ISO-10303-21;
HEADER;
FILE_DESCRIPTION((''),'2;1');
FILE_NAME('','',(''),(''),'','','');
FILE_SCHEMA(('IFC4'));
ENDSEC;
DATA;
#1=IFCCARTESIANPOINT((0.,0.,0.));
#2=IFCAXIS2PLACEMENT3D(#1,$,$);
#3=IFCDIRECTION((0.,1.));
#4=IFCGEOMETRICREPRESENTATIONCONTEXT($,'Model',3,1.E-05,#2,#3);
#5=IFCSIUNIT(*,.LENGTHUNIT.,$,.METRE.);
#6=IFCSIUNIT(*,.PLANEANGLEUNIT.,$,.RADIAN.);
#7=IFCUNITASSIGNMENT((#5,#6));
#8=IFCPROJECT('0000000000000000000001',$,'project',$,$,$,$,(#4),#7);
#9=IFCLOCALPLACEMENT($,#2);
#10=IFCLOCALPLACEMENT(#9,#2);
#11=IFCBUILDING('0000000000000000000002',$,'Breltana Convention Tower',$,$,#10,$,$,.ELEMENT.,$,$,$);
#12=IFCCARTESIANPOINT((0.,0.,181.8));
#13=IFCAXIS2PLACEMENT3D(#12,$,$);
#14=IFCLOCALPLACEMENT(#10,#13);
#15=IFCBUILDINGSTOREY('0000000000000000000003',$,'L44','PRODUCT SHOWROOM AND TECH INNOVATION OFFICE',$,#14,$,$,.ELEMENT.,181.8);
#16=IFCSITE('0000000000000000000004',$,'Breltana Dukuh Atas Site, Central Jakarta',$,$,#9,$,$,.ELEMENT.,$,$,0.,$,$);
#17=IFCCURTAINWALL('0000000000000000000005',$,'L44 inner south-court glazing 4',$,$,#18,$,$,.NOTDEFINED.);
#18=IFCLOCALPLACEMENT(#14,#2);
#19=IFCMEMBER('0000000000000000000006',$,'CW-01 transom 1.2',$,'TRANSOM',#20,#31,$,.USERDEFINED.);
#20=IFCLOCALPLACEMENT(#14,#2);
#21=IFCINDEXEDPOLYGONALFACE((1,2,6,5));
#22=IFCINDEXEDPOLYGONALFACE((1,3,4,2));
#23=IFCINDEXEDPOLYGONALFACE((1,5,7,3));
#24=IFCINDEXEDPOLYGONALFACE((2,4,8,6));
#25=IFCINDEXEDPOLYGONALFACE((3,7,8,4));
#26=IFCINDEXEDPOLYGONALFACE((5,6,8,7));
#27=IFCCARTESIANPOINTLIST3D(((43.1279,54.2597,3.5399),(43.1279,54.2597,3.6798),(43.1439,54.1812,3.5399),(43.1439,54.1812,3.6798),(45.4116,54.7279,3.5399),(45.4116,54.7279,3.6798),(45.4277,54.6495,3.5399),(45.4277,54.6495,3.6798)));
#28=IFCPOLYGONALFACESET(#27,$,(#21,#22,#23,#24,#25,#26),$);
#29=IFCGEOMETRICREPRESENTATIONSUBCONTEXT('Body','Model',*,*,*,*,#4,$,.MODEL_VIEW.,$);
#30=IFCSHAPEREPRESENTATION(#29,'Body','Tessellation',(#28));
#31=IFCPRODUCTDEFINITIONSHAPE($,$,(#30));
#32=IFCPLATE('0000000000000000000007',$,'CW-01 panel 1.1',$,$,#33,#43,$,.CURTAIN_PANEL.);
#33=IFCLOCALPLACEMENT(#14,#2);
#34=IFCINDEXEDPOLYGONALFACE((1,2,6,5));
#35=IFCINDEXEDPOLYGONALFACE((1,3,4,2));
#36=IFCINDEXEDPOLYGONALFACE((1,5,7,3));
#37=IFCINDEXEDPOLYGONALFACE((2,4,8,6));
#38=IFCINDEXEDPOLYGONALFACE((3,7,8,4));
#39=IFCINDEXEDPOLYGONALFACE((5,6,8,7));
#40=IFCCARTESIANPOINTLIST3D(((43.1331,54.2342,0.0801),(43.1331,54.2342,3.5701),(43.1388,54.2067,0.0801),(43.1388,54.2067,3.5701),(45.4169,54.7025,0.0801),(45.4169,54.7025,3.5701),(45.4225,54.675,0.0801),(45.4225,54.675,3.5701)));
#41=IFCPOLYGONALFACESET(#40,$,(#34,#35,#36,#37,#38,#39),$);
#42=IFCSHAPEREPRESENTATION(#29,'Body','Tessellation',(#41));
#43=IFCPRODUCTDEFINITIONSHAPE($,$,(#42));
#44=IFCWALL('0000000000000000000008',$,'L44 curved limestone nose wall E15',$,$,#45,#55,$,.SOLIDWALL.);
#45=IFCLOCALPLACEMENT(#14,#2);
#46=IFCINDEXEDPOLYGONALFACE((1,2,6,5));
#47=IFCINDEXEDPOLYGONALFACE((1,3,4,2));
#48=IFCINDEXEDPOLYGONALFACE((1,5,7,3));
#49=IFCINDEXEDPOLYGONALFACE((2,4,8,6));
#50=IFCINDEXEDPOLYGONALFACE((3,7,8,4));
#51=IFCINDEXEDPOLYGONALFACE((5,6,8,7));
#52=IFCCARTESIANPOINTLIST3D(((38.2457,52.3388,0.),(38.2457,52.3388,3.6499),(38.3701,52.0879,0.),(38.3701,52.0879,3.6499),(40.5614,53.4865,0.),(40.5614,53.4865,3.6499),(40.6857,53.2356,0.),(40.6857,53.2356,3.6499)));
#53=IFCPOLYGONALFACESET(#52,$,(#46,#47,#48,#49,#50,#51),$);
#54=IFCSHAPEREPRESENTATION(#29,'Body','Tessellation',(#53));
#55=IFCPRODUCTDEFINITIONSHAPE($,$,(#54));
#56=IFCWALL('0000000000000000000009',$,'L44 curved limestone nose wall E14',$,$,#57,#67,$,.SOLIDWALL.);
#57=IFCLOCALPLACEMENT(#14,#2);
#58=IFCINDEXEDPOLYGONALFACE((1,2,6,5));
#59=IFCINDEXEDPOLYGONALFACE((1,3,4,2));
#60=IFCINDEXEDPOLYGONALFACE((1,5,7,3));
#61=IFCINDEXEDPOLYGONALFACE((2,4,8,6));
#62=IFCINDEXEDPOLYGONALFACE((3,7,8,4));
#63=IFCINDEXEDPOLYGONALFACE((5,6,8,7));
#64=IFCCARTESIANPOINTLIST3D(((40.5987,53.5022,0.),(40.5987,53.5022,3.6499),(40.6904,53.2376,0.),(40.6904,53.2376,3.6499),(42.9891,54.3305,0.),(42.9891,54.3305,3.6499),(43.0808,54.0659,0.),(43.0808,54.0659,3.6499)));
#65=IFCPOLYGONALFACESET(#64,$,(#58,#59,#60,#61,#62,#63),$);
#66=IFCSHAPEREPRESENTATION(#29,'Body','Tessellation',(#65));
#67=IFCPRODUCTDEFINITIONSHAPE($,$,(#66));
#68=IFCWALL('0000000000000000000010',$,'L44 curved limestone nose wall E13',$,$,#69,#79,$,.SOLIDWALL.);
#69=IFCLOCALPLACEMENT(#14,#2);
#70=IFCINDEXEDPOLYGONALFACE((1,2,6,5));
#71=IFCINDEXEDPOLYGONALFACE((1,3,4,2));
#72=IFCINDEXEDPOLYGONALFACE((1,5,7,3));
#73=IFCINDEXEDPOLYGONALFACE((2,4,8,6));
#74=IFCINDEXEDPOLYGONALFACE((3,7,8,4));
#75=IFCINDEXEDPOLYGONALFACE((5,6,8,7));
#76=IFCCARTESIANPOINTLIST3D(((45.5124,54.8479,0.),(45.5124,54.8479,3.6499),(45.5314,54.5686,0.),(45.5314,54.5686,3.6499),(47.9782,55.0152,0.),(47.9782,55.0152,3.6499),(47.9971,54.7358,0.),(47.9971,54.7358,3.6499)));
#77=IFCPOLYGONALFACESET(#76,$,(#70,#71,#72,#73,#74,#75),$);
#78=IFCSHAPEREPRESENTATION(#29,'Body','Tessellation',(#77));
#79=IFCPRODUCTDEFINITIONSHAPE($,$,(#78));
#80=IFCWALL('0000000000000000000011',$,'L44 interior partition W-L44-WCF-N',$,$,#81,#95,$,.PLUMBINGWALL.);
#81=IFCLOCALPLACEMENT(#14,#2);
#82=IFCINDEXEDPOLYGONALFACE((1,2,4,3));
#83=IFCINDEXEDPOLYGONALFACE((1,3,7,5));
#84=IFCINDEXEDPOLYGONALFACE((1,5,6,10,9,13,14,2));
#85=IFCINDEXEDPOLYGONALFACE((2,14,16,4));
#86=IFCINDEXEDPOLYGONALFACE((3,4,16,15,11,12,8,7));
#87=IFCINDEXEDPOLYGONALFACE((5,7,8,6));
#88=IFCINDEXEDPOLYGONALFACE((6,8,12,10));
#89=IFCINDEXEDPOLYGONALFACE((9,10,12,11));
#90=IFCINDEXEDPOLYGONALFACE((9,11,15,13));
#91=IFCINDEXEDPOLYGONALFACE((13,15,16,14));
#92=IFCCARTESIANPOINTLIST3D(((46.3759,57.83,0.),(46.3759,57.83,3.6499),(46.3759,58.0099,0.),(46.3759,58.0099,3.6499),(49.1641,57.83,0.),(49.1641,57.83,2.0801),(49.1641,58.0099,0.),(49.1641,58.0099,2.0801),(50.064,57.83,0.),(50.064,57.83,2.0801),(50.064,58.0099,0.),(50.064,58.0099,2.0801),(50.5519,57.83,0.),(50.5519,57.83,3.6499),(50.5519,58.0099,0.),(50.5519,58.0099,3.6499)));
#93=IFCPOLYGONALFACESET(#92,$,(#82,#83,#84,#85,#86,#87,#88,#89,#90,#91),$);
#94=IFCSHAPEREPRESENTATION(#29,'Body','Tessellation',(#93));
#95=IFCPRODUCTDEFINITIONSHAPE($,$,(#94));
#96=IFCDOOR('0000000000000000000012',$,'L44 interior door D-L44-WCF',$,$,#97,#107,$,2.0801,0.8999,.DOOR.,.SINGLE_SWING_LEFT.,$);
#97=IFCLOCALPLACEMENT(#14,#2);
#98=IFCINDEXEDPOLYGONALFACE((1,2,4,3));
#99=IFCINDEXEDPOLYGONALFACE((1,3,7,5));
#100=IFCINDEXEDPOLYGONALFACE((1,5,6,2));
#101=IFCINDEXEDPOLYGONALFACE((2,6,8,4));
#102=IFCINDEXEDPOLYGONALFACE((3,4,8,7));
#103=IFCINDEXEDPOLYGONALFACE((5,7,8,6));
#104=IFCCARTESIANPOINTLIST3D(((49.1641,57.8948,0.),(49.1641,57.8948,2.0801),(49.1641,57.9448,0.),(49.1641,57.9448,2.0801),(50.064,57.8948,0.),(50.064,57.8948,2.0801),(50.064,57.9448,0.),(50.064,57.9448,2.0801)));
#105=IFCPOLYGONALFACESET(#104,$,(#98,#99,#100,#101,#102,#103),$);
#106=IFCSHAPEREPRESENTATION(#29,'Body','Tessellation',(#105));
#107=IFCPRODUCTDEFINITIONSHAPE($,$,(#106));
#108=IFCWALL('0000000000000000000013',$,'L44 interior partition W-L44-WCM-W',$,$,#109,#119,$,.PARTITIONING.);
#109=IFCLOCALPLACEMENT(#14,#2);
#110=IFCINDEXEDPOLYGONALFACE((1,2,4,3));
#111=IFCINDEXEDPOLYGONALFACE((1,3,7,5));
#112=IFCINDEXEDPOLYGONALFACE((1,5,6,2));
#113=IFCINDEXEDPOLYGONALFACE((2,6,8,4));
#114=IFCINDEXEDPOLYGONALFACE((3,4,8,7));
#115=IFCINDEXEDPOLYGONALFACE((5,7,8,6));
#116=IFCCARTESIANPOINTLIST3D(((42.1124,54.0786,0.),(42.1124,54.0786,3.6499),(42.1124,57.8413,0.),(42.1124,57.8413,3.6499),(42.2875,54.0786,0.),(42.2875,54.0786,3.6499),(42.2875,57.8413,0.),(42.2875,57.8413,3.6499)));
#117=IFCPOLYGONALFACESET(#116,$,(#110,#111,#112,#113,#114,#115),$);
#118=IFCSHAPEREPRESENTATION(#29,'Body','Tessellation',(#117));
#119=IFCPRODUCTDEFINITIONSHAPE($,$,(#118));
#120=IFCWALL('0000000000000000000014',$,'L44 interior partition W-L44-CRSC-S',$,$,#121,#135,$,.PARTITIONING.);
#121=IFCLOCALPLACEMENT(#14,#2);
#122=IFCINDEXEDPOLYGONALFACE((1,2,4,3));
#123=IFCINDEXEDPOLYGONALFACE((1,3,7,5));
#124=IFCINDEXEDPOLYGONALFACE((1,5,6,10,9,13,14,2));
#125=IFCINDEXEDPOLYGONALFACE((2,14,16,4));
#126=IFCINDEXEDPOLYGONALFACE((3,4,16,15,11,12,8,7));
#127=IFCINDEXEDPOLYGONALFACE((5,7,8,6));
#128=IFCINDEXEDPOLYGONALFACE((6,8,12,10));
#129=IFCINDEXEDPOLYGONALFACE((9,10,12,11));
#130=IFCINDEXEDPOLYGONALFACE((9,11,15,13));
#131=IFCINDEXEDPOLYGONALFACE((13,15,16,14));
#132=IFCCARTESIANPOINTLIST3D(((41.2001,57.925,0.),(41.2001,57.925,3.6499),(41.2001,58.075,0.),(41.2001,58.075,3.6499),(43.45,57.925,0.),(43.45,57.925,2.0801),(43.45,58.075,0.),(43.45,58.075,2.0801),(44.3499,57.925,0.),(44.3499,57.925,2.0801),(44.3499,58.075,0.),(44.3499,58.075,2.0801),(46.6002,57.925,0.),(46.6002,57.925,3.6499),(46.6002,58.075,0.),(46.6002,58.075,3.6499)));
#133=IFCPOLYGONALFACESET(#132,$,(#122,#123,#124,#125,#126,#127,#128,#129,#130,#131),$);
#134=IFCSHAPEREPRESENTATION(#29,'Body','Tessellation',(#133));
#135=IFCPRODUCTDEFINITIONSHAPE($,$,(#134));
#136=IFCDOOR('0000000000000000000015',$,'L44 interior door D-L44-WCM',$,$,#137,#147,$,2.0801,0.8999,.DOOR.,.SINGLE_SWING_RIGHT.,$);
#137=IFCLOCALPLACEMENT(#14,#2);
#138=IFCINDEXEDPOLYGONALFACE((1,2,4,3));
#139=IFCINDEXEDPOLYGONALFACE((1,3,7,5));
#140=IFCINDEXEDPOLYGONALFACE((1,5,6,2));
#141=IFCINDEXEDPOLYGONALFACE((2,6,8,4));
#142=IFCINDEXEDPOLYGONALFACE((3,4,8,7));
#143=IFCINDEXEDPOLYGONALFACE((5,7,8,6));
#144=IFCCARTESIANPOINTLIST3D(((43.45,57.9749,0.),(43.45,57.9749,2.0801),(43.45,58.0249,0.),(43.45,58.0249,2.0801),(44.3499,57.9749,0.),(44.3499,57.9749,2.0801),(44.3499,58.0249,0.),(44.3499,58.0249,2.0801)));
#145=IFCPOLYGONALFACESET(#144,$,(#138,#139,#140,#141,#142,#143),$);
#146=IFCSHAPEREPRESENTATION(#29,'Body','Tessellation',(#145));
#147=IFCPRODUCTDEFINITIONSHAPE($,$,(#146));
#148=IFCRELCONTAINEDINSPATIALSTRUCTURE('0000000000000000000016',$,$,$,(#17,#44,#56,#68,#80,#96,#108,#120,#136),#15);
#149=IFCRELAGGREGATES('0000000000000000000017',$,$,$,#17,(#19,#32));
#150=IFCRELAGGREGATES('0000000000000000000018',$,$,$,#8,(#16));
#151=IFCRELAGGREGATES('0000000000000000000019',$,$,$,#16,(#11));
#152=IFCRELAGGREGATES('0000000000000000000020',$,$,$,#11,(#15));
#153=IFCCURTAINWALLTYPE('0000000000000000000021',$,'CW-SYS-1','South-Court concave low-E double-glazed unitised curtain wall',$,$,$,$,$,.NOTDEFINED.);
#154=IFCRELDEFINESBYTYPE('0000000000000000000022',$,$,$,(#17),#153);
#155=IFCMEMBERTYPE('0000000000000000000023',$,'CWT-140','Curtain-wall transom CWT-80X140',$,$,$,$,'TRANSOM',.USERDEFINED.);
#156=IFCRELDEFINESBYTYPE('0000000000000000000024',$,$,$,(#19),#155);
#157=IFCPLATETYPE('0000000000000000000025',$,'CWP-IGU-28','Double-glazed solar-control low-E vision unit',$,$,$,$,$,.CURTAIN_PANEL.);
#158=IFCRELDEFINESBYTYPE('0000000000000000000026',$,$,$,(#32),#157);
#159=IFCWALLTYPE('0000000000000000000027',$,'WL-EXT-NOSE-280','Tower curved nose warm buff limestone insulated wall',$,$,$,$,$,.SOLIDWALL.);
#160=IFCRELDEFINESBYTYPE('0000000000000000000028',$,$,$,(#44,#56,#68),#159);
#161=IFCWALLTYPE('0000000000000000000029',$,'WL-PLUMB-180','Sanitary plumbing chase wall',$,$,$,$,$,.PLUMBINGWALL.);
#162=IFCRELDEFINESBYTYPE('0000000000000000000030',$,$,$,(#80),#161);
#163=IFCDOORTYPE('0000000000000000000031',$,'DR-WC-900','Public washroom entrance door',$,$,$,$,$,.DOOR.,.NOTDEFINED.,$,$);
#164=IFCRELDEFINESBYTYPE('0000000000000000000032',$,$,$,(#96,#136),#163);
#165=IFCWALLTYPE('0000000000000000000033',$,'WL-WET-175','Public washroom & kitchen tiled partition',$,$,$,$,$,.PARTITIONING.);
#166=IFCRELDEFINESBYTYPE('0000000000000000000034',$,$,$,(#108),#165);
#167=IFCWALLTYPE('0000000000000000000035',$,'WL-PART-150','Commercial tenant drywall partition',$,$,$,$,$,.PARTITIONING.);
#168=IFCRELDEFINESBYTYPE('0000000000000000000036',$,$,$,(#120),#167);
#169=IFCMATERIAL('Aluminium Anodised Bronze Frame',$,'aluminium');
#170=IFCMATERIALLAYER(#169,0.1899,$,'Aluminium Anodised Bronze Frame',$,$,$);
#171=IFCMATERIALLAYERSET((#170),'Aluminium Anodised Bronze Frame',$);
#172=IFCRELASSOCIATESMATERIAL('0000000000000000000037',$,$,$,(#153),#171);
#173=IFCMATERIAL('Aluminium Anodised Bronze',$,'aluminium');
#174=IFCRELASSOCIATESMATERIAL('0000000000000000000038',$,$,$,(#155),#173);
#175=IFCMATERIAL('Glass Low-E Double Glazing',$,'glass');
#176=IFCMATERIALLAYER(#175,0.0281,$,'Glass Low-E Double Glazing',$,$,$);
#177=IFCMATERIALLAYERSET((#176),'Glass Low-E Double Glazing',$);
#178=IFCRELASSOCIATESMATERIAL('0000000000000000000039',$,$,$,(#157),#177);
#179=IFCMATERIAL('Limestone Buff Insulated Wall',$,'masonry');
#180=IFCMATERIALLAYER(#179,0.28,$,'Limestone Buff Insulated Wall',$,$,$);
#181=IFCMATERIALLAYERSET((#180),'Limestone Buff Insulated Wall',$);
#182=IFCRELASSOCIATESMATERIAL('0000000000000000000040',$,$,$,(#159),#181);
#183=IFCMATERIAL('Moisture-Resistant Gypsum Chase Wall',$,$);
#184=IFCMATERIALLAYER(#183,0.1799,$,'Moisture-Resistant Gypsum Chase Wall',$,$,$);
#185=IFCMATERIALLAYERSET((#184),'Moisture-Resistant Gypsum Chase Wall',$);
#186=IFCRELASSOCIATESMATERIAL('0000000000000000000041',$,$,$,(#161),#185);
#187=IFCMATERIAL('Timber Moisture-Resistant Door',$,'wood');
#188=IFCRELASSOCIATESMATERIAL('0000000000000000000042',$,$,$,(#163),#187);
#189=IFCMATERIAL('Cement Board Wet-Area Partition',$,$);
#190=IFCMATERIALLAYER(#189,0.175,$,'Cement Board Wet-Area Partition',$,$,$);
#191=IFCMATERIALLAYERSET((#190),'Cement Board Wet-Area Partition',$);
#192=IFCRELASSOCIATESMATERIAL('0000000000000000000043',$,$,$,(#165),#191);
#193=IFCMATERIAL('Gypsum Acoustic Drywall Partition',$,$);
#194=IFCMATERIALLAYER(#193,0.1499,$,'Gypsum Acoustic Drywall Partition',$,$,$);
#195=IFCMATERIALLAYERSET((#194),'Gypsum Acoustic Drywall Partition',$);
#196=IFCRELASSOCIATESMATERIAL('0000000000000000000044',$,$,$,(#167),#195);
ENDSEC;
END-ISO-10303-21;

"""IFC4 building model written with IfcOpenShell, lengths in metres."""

from ifc_helpers import new_model, si_unit, direction, frame, frame_2d, origin, origin_2d, place, context, subcontext, project, spatial, rectangle, extrude, source, transform, mapped, material, layer, layer_set, material_profile, profile_set, type_object, type_shapes, element, fill, aggregate, save


model = new_model("IFC4")

# Units and contexts
model_context = context("Model", 3, precision=1e-05, world=origin(), true_north=direction((0.0, 1.0)))
body_context = subcontext(model_context, "Body", "Model", "MODEL_VIEW")
ifc_project = project(units=[si_unit("LENGTHUNIT", "METRE"), si_unit("PLANEANGLEUNIT", "RADIAN")], contexts=[model_context])

# Site, building, storey
site_placement = place(None, origin())
site = spatial("IfcSite", under=ifc_project, at=site_placement, Name="Breltana Dukuh Atas Site, Central Jakarta", CompositionType="ELEMENT", RefElevation=0.0)
building_placement = place(site_placement, origin())
building = spatial("IfcBuilding", under=site, at=building_placement, Name="Breltana Convention Tower", CompositionType="ELEMENT")
storey_placement = place(building_placement, frame((0.0, 0.0, 181.8)))
storey = spatial("IfcBuildingStorey", under=building, at=storey_placement, Name="L44", Description="PRODUCT SHOWROOM AND TECH INNOVATION OFFICE", CompositionType="ELEMENT", Elevation=181.8)

# Curtain wall, member, plate
ifc_material_1 = material(Name="Aluminium Anodised Bronze Frame", Category="aluminium")
ifc_layer_1 = layer(ifc_material_1, 0.1899, Name="Aluminium Anodised Bronze Frame")
ifc_layer_set_1 = layer_set([ifc_layer_1], Name="Aluminium Anodised Bronze Frame")
curtain_wall_type = type_object("IfcCurtainWallType", Name="CW-SYS-1", Description="South-Court concave low-E double-glazed unitised curtain wall", PredefinedType="NOTDEFINED", material=ifc_layer_set_1)
curtain_wall_placement = place(storey_placement, origin())
curtain_wall = element("IfcCurtainWall", 1, at=curtain_wall_placement, inside=storey, type_object=curtain_wall_type, Name="L44 inner south-court glazing 4", PredefinedType="NOTDEFINED")
ifc_material_2 = material(Name="Aluminium Anodised Bronze", Category="aluminium")
ifc_material_profile_1 = material_profile(ifc_material_2, rectangle(XDim=0.0801, YDim=0.1399, at=origin_2d()), Name="CWT-80X140")
ifc_profile_set_1 = profile_set([ifc_material_profile_1], Name="Aluminium Anodised Bronze")
member_type_1 = type_object("IfcMemberType", Name="CWT-140", Description="Curtain-wall transom CWT-80X140", ElementType="TRANSOM", PredefinedType="USERDEFINED", material=ifc_profile_set_1)
shared_shape_1 = source(origin(), body_context, "Body", "SweptSolid", [
    extrude(rectangle(XDim=0.0801, YDim=0.1399, at=origin_2d()), origin(), (0.0, 0.0, 1.0), 2.3313),
])
member_1_placement = place(storey_placement, frame((45.4197, 54.6887, 3.6099), z_axis=(-0.979619, -0.200867, 0.0), x_axis=(0.200867, -0.979619, 0.0)))
member_1 = element("IfcMember", 2, at=member_1_placement, type_object=member_type_1, Name="CW-01 transom 1.2", ObjectType="TRANSOM", PredefinedType="USERDEFINED", context=body_context, shape_type="MappedRepresentation", body=[
    mapped(shared_shape_1, transform((0.0, 0.0, 0.0), scale=1.0)),
])
ifc_material_3 = material(Name="Glass Low-E Double Glazing", Category="glass")
ifc_layer_2 = layer(ifc_material_3, 0.0281, Name="Glass Low-E Double Glazing")
ifc_layer_set_2 = layer_set([ifc_layer_2], Name="Glass Low-E Double Glazing")
plate_type = type_object("IfcPlateType", Name="CWP-IGU-28", Description="Double-glazed solar-control low-E vision unit", PredefinedType="CURTAIN_PANEL", material=ifc_layer_set_2)
shared_shape_2 = source(origin(), body_context, "Body", "SweptSolid", [
    extrude(rectangle(XDim=2.3313, YDim=0.0281, at=origin_2d()), origin(), (0.0, 0.0, 1.0), 3.49),
])
plate_placement = place(storey_placement, frame((44.2778, 54.4546, 0.0801), z_axis=(0.0, 0.0, 1.0), x_axis=(-0.97962, -0.200861, 0.0)))
plate = element("IfcPlate", 3, at=plate_placement, type_object=plate_type, Name="CW-01 panel 1.1", PredefinedType="CURTAIN_PANEL", context=body_context, shape_type="MappedRepresentation", body=[
    mapped(shared_shape_2, transform((0.0, 0.0, 0.0), scale=1.0)),
])
aggregate(curtain_wall, [member_1, plate])

# Walls
ifc_material_4 = material(Name="Limestone Buff Insulated Wall", Category="masonry")
ifc_layer_3 = layer(ifc_material_4, 0.28, Name="Limestone Buff Insulated Wall")
ifc_layer_set_3 = layer_set([ifc_layer_3], Name="Limestone Buff Insulated Wall")
wall_type_1 = type_object("IfcWallType", Name="WL-EXT-NOSE-280", Description="Tower curved nose warm buff limestone insulated wall", PredefinedType="SOLIDWALL", material=ifc_layer_set_3)
shared_shape_3 = source(origin(), body_context, "Body", "SweptSolid", [
    extrude(rectangle(XDim=2.5845, YDim=0.28, at=frame_2d((1.2922, 0.0))), origin(), (0.0, 0.0, 1.0), 3.6499),
])
wall_1_placement = place(storey_placement, frame((40.6235, 53.3611, 0.0), z_axis=(0.0, 0.0, 1.0), x_axis=(-0.89599, -0.444075, 0.0)))
element("IfcWall", 4, at=wall_1_placement, inside=storey, type_object=wall_type_1, Name="L44 curved limestone nose wall E15", PredefinedType="SOLIDWALL", context=body_context, shape_type="MappedRepresentation", body=[
    mapped(shared_shape_3, transform((0.0, 0.0, 0.0), scale=1.0)),
])
shared_shape_4 = source(origin(), body_context, "Body", "SweptSolid", [
    extrude(rectangle(XDim=2.5298, YDim=0.28, at=frame_2d((1.2649, 0.0))), origin(), (0.0, 0.0, 1.0), 3.6499),
])
wall_2_placement = place(storey_placement, frame((43.0349, 54.1982, 0.0), z_axis=(0.0, 0.0, 1.0), x_axis=(-0.944872, -0.327439, 0.0)))
element("IfcWall", 5, at=wall_2_placement, inside=storey, type_object=wall_type_1, Name="L44 curved limestone nose wall E14", PredefinedType="SOLIDWALL", context=body_context, shape_type="MappedRepresentation", body=[
    mapped(shared_shape_4, transform((0.0, 0.0, 0.0), scale=1.0)),
])
shared_shape_5 = source(origin(), body_context, "Body", "SweptSolid", [
    extrude(rectangle(XDim=2.4714, YDim=0.28, at=frame_2d((1.2358, 0.0))), origin(), (0.0, 0.0, 1.0), 3.6499),
])
wall_3_placement = place(storey_placement, frame((47.9878, 54.8755, 0.0), z_axis=(0.0, 0.0, 1.0), x_axis=(-0.997708, -0.067666, 0.0)))
element("IfcWall", 6, at=wall_3_placement, inside=storey, type_object=wall_type_1, Name="L44 curved limestone nose wall E13", PredefinedType="SOLIDWALL", context=body_context, shape_type="MappedRepresentation", body=[
    mapped(shared_shape_5, transform((0.0, 0.0, 0.0), scale=1.0)),
])

# Wall, opening, door
ifc_material_5 = material(Name="Moisture-Resistant Gypsum Chase Wall")
ifc_layer_4 = layer(ifc_material_5, 0.1799, Name="Moisture-Resistant Gypsum Chase Wall")
ifc_layer_set_4 = layer_set([ifc_layer_4], Name="Moisture-Resistant Gypsum Chase Wall")
wall_type_2 = type_object("IfcWallType", Name="WL-PLUMB-180", Description="Sanitary plumbing chase wall", PredefinedType="PLUMBINGWALL", material=ifc_layer_set_4)
shared_shape_6 = source(origin(), body_context, "Body", "SweptSolid", [
    extrude(rectangle(XDim=4.176, YDim=0.1799, at=frame_2d((2.0879, 0.0))), origin(), (0.0, 0.0, 1.0), 3.6499),
])
wall_4_placement = place(storey_placement, frame((46.376, 57.9199, 0.0), z_axis=(0.0, 0.0, 1.0), x_axis=(1.0, 0.0, 0.0)))
wall_4 = element("IfcWall", 7, at=wall_4_placement, inside=storey, type_object=wall_type_2, Name="L44 interior partition W-L44-WCF-N", PredefinedType="PLUMBINGWALL", context=body_context, shape_type="MappedRepresentation", body=[
    mapped(shared_shape_6, transform((0.0, 0.0, 0.0), scale=1.0)),
])
opening_1_placement = place(wall_4_placement, frame((2.7881, 0.0, 0.0)))
opening_1 = element("IfcOpeningElement", 8, at=opening_1_placement, cuts=wall_4, PredefinedType="OPENING", context=body_context, shape_type="SweptSolid", body=[
    extrude(rectangle(XDim=0.8999, YDim=2.0801, at=frame_2d((0.45, 1.04))), frame((0.0, 0.1001, 0.0), z_axis=(0.0, -1.0, 0.0), x_axis=(1.0, 0.0, 0.0)), (0.0, 0.0, 1.0), 0.2),
])
ifc_material_6 = material(Name="Timber Moisture-Resistant Door", Category="wood")
door_type_1 = type_object("IfcDoorType", Name="DR-WC-900", Description="Public washroom entrance door", OperationType="NOTDEFINED", PredefinedType="DOOR", material=ifc_material_6)
shared_shape_7 = source(origin(), body_context, "Body", "SweptSolid", [
    extrude(rectangle(XDim=0.8999, YDim=2.0801, at=frame_2d((0.45, 1.04))), frame((0.0, 0.0249, 0.0), z_axis=(0.0, -1.0, 0.0), x_axis=(1.0, 0.0, 0.0)), (0.0, 0.0, 1.0), 0.05),
])
type_shapes(door_type_1, [shared_shape_7])
door_1_placement = place(opening_1_placement, origin())
door_1 = element("IfcDoor", 9, at=door_1_placement, inside=storey, type_object=door_type_1, Name="L44 interior door D-L44-WCF", OperationType="SINGLE_SWING_LEFT", OverallHeight=2.0801, OverallWidth=0.8999, PredefinedType="DOOR", context=body_context, shape_type="MappedRepresentation", body=[
    mapped(shared_shape_7, transform((0.0, 0.0, 0.0), scale=1.0)),
])
fill(opening_1, door_1)

# Wall
ifc_material_7 = material(Name="Cement Board Wet-Area Partition")
ifc_layer_5 = layer(ifc_material_7, 0.175, Name="Cement Board Wet-Area Partition")
ifc_layer_set_5 = layer_set([ifc_layer_5], Name="Cement Board Wet-Area Partition")
wall_type_3 = type_object("IfcWallType", Name="WL-WET-175", Description="Public washroom & kitchen tiled partition", PredefinedType="PARTITIONING", material=ifc_layer_set_5)
shared_shape_8 = source(origin(), body_context, "Body", "SweptSolid", [
    extrude(rectangle(XDim=3.7627, YDim=0.175, at=frame_2d((1.8813, 0.0))), origin(), (0.0, 0.0, 1.0), 3.6499),
])
wall_5_placement = place(storey_placement, frame((42.2, 54.0786, 0.0), z_axis=(0.0, 0.0, 1.0), x_axis=(0.0, 1.0, 0.0)))
element("IfcWall", 10, at=wall_5_placement, inside=storey, type_object=wall_type_3, Name="L44 interior partition W-L44-WCM-W", PredefinedType="PARTITIONING", context=body_context, shape_type="MappedRepresentation", body=[
    mapped(shared_shape_8, transform((0.0, 0.0, 0.0), scale=1.0)),
])

# Wall, opening, door
ifc_material_8 = material(Name="Gypsum Acoustic Drywall Partition")
ifc_layer_6 = layer(ifc_material_8, 0.1499, Name="Gypsum Acoustic Drywall Partition")
ifc_layer_set_6 = layer_set([ifc_layer_6], Name="Gypsum Acoustic Drywall Partition")
wall_type_4 = type_object("IfcWallType", Name="WL-PART-150", Description="Commercial tenant drywall partition", PredefinedType="PARTITIONING", material=ifc_layer_set_6)
shared_shape_9 = source(origin(), body_context, "Body", "SweptSolid", [
    extrude(rectangle(XDim=5.4001, YDim=0.1499, at=frame_2d((2.7002, 0.0))), origin(), (0.0, 0.0, 1.0), 3.6499),
])
wall_6_placement = place(storey_placement, frame((41.2, 58.0, 0.0), z_axis=(0.0, 0.0, 1.0), x_axis=(1.0, 0.0, 0.0)))
wall_6 = element("IfcWall", 11, at=wall_6_placement, inside=storey, type_object=wall_type_4, Name="L44 interior partition W-L44-CRSC-S", PredefinedType="PARTITIONING", context=body_context, shape_type="MappedRepresentation", body=[
    mapped(shared_shape_9, transform((0.0, 0.0, 0.0), scale=1.0)),
])
opening_2_placement = place(wall_6_placement, frame((2.25, 0.0, 0.0)))
opening_2 = element("IfcOpeningElement", 12, at=opening_2_placement, cuts=wall_6, PredefinedType="OPENING", context=body_context, shape_type="SweptSolid", body=[
    extrude(rectangle(XDim=0.8999, YDim=2.0801, at=frame_2d((0.45, 1.04))), frame((0.0, 0.085, 0.0), z_axis=(0.0, -1.0, 0.0), x_axis=(1.0, 0.0, 0.0)), (0.0, 0.0, 1.0), 0.1699),
])
door_2_placement = place(opening_2_placement, origin())
door_2 = element("IfcDoor", 13, at=door_2_placement, inside=storey, type_object=door_type_1, Name="L44 interior door D-L44-WCM", OperationType="SINGLE_SWING_RIGHT", OverallHeight=2.0801, OverallWidth=0.8999, PredefinedType="DOOR", context=body_context, shape_type="MappedRepresentation", body=[
    mapped(shared_shape_7, transform((0.0, 0.0, 0.0), scale=1.0)),
])
fill(opening_2, door_2)

save(model, "model.ifc")
